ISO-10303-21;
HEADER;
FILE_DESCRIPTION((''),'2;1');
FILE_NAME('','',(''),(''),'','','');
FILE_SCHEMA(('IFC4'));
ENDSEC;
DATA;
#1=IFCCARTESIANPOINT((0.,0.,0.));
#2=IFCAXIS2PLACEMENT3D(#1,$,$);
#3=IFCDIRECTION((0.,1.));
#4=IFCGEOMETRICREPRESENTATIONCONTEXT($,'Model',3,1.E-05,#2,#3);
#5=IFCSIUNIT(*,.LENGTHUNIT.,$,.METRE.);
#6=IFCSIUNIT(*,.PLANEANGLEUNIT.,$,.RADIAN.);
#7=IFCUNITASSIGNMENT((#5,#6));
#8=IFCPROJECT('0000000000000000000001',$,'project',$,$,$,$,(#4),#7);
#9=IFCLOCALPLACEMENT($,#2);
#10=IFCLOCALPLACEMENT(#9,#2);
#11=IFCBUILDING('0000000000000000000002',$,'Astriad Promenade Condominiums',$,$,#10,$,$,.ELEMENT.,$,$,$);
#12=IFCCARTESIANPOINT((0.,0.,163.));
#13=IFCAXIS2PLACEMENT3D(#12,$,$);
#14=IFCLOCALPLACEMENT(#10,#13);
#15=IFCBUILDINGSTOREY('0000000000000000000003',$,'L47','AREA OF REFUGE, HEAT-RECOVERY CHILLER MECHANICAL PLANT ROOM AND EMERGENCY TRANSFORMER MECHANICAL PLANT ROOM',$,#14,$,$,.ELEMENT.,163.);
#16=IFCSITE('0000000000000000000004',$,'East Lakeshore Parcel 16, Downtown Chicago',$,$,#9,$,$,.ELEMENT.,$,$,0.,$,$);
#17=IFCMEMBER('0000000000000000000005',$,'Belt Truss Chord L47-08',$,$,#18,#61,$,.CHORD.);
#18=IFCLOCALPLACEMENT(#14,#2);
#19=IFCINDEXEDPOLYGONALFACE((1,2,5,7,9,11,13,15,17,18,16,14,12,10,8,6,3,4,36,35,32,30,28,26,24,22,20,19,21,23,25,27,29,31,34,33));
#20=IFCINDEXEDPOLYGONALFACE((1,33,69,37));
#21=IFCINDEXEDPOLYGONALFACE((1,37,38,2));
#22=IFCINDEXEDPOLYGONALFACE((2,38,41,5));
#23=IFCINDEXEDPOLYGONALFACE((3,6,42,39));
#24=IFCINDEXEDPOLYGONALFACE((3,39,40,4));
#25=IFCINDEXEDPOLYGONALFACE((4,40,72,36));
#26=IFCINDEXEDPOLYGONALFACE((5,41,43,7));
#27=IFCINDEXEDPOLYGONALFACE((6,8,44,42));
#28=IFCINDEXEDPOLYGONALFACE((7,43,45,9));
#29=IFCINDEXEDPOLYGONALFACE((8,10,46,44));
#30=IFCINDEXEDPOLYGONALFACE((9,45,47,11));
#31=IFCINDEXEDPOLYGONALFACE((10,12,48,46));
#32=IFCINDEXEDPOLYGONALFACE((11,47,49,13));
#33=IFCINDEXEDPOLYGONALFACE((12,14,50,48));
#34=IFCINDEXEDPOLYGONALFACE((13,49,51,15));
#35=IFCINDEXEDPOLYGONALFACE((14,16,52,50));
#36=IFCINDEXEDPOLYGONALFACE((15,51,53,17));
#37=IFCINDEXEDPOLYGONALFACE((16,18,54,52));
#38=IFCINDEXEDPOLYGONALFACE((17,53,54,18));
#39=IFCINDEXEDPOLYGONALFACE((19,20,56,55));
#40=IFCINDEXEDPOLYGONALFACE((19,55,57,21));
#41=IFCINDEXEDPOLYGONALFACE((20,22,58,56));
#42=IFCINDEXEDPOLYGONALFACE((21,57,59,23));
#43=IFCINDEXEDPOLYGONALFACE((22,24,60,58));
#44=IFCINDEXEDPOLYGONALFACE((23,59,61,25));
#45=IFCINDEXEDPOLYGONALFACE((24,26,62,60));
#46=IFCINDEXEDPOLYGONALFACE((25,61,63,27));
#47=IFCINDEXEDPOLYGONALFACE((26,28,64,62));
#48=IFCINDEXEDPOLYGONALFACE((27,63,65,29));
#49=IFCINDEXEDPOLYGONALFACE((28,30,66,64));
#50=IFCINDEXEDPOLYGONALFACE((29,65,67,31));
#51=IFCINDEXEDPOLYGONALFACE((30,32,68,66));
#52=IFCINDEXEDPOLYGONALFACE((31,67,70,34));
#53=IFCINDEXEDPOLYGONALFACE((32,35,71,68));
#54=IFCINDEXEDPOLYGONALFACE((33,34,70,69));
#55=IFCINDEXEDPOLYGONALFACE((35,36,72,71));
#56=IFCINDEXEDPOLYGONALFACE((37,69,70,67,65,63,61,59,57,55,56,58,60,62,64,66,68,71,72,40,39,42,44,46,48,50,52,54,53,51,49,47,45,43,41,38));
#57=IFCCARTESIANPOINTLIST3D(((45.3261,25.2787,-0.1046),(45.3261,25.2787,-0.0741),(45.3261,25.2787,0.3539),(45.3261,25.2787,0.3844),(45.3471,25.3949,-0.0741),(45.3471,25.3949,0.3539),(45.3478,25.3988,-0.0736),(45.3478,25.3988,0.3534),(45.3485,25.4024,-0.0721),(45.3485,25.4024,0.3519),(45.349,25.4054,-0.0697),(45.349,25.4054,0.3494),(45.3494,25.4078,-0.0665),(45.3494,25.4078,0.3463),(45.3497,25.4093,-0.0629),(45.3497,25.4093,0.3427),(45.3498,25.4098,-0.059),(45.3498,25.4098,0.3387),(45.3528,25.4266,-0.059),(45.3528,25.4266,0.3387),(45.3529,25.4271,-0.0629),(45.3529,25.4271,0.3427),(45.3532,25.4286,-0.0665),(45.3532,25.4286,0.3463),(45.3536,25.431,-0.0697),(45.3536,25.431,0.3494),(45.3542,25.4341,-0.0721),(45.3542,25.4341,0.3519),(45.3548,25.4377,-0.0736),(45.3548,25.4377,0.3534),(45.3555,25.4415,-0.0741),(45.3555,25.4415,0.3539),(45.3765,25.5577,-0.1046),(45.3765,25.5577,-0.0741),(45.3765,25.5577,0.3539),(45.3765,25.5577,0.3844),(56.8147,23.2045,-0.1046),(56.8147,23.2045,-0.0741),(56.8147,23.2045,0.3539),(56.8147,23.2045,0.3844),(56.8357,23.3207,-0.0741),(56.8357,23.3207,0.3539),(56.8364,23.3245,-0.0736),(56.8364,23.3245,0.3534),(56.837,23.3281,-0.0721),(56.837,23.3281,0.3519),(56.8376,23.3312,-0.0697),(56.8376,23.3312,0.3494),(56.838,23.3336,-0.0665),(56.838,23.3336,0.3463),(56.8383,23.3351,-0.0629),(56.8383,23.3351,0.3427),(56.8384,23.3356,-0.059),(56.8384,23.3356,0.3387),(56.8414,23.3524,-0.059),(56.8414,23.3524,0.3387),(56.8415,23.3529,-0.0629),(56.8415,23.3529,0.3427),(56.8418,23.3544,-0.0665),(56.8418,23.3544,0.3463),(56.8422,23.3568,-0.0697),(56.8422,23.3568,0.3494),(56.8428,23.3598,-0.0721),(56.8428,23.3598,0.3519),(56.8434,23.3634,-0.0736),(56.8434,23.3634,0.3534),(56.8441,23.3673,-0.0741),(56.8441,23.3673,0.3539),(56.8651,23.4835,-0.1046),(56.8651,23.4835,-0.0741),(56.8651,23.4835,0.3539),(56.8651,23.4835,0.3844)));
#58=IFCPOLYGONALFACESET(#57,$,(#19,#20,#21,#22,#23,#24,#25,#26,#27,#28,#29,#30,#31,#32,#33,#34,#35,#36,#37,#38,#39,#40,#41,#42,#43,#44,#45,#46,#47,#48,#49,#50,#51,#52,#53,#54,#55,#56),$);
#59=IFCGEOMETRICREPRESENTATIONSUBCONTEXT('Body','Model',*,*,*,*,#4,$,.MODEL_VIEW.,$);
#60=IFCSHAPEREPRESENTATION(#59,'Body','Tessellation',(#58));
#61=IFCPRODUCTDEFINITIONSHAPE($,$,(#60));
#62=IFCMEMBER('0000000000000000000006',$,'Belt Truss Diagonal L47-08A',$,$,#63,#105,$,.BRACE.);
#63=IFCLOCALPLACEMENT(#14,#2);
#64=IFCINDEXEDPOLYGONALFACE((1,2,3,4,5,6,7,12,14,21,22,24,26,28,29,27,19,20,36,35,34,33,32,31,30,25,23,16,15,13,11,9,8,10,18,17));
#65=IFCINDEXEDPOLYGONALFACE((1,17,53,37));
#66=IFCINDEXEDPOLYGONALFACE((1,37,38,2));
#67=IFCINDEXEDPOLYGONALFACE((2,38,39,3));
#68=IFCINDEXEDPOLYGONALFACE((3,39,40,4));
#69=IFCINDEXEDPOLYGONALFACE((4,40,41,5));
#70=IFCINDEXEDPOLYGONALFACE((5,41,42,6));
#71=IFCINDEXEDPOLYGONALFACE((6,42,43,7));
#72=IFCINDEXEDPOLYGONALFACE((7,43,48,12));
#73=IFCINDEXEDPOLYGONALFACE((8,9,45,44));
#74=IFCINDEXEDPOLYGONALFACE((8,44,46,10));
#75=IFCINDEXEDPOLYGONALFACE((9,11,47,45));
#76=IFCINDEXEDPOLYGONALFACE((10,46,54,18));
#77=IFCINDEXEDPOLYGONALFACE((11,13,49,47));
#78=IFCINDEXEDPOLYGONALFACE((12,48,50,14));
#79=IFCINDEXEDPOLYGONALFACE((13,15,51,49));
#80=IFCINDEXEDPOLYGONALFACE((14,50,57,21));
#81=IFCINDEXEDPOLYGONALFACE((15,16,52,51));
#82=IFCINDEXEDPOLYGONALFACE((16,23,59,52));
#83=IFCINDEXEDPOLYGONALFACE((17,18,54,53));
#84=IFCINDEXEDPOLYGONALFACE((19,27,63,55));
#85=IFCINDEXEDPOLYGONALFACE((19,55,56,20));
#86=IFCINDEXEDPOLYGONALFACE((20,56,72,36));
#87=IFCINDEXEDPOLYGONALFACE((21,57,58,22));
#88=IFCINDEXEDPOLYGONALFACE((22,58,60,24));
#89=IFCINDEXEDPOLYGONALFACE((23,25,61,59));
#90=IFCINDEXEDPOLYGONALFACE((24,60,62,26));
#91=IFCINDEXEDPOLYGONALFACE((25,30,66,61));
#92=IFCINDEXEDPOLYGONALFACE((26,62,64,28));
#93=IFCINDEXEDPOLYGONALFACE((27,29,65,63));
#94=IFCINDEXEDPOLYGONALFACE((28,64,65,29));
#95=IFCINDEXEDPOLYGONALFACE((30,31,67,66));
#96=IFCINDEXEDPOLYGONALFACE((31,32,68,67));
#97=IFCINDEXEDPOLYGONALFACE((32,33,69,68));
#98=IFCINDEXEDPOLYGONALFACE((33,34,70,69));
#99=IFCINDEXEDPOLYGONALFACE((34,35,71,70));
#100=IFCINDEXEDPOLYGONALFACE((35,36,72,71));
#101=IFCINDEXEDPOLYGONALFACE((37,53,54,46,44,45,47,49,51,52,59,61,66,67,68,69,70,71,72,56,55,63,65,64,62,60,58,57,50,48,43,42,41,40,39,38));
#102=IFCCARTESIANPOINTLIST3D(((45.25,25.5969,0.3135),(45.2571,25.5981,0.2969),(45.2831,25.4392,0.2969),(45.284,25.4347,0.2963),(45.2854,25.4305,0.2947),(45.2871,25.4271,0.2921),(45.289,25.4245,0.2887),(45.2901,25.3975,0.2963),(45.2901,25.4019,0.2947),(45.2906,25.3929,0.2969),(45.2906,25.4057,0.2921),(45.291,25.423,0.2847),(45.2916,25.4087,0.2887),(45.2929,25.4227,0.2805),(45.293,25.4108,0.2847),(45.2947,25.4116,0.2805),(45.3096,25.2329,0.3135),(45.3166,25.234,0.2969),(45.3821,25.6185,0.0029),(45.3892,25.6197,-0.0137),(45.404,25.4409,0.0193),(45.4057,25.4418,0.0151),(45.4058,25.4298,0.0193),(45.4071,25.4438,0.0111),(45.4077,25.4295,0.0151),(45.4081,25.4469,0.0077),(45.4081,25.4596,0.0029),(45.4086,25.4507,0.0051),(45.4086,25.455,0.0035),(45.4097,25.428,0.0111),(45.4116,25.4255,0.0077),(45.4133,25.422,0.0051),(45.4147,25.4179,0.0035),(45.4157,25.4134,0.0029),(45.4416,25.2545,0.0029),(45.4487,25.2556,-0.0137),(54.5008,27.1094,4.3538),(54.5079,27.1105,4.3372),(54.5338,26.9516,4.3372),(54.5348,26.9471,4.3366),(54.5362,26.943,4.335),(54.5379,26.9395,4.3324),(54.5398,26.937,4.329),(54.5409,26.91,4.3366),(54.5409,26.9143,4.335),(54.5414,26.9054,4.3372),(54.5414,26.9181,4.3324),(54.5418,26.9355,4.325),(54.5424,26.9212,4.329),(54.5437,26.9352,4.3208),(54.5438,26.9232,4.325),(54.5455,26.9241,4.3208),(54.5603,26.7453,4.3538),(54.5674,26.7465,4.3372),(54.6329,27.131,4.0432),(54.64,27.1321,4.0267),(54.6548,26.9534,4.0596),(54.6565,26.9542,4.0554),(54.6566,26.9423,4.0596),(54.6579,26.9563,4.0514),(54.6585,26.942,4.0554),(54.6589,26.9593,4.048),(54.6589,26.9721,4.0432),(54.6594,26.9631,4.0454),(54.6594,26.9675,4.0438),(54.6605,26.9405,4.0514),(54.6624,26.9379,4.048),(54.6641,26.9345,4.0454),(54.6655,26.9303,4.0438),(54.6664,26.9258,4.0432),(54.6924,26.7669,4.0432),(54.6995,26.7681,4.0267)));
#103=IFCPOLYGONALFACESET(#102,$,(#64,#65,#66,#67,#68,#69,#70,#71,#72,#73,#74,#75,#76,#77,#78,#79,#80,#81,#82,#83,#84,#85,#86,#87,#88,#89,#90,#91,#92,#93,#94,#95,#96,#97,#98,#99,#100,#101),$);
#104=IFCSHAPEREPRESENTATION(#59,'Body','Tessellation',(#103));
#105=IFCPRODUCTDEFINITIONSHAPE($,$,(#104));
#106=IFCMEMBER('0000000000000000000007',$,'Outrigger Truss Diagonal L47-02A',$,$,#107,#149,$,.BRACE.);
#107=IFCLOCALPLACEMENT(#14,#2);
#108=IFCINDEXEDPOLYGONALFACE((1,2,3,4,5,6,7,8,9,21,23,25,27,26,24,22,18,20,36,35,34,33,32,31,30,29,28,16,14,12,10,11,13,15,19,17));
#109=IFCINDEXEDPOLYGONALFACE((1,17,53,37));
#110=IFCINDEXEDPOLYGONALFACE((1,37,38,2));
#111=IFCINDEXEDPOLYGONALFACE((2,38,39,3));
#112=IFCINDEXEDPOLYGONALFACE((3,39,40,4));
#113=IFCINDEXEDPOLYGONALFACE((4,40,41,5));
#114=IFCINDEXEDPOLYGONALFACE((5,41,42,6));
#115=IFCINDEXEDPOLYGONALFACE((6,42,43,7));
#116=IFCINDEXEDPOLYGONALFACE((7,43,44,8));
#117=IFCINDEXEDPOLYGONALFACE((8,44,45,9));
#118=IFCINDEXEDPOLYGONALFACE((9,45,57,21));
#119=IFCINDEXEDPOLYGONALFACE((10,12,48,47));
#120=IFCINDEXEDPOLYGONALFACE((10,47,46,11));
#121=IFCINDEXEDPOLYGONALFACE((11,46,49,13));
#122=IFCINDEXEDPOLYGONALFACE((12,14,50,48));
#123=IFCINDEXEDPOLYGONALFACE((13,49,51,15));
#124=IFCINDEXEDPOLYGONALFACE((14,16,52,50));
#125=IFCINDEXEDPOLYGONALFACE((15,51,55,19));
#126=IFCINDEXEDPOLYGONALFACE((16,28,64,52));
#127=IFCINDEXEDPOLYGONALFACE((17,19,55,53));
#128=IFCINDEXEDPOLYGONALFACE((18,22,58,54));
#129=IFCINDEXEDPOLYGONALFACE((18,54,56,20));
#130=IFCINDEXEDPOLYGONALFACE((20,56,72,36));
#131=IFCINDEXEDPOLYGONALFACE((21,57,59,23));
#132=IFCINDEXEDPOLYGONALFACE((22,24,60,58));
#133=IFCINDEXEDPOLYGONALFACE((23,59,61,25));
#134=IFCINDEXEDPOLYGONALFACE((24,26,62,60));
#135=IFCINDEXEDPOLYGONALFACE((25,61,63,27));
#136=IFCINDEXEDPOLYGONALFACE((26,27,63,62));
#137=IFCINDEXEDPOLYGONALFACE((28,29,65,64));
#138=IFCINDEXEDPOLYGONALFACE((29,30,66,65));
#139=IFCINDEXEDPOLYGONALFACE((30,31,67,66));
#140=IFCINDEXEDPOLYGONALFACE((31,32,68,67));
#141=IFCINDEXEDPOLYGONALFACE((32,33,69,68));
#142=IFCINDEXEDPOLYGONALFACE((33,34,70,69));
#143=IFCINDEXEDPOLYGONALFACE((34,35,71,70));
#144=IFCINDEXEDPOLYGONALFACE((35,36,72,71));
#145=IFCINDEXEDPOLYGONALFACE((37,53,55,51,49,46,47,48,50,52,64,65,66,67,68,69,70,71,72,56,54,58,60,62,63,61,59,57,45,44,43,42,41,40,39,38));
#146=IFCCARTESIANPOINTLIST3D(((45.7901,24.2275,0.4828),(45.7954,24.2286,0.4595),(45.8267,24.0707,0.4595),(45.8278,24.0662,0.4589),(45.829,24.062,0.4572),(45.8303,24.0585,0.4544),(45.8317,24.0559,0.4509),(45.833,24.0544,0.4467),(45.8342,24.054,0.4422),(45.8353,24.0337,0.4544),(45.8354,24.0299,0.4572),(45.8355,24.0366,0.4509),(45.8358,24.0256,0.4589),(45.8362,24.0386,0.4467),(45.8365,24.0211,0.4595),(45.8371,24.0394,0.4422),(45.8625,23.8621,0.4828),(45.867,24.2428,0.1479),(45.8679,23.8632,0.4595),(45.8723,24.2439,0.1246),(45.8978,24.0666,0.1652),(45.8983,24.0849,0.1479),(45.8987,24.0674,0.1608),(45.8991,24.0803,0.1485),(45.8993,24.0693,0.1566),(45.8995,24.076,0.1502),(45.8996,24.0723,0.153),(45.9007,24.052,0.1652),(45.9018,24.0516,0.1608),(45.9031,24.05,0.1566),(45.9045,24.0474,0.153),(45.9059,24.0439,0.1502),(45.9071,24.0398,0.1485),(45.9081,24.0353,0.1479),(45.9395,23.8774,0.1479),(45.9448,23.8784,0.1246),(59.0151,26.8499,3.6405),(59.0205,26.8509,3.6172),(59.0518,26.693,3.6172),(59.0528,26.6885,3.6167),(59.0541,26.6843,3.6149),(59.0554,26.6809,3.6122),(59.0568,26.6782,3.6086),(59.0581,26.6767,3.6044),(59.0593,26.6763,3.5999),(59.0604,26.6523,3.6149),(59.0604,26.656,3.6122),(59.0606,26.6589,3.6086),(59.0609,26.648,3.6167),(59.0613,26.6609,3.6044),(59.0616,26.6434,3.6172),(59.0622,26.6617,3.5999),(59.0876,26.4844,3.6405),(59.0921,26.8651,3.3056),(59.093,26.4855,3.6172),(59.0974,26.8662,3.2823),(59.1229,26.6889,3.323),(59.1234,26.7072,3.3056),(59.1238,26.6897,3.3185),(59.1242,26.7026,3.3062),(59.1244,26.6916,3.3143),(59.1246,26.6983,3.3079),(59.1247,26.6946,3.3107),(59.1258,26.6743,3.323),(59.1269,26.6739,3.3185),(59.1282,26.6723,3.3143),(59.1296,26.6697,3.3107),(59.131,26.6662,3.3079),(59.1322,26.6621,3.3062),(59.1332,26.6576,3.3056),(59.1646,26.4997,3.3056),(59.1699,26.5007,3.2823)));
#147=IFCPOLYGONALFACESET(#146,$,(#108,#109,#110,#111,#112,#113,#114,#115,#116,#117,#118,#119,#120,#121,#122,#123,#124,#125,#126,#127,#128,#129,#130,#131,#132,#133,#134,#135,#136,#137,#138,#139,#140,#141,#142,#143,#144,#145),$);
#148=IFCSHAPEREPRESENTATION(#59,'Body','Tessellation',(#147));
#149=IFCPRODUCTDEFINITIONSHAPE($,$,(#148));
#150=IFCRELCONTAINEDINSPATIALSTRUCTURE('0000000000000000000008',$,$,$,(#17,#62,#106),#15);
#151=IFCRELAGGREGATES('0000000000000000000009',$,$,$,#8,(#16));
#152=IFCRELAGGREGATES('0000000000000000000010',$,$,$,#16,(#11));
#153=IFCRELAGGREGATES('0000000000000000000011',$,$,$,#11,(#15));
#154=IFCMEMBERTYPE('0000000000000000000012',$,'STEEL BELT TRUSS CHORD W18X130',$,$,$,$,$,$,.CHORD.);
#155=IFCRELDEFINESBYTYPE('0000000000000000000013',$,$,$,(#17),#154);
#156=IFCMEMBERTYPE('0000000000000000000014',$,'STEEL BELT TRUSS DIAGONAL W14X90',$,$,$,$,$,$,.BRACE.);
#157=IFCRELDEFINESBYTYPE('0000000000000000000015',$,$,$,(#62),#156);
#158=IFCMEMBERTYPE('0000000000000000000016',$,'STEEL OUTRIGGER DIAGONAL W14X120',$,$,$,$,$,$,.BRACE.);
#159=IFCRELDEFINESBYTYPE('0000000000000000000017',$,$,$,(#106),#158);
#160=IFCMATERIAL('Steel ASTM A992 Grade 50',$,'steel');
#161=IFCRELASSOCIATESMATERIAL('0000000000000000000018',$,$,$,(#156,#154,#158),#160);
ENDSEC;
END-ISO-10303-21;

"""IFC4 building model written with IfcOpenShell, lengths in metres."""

from ifc_helpers import new_model, si_unit, direction, frame, origin, origin_2d, place, context, subcontext, project, spatial, i_section, extrude, source, transform, mapped, material, material_profile, profile_set, type_object, type_shapes, element, save


model = new_model("IFC4")

# Units and contexts
model_context = context("Model", 3, precision=1e-05, world=origin(), true_north=direction((0.0, 1.0)))
body_context = subcontext(model_context, "Body", "Model", "MODEL_VIEW")
ifc_project = project(units=[si_unit("LENGTHUNIT", "METRE"), si_unit("PLANEANGLEUNIT", "RADIAN")], contexts=[model_context])

# Site, building, storey
site_placement = place(None, origin())
site = spatial("IfcSite", under=ifc_project, at=site_placement, Name="East Lakeshore Parcel 16, Downtown Chicago", CompositionType="ELEMENT", RefElevation=0.0)
building_placement = place(site_placement, origin())
building = spatial("IfcBuilding", under=site, at=building_placement, Name="Astriad Promenade Condominiums", CompositionType="ELEMENT")
storey_placement = place(building_placement, frame((0.0, 0.0, 163.0)))
storey = spatial("IfcBuildingStorey", under=building, at=storey_placement, Name="L47", Description="AREA OF REFUGE, HEAT-RECOVERY CHILLER MECHANICAL PLANT ROOM AND EMERGENCY TRANSFORMER MECHANICAL PLANT ROOM", CompositionType="ELEMENT", Elevation=163.0)

# Shared definitions
ifc_material_1 = material(Name="Steel ASTM A992 Grade 50", Category="steel")

# Members
ifc_material_profile_1 = material_profile(ifc_material_1, i_section(OverallWidth=0.3689, OverallDepth=0.3562, WebThickness=0.0112, FlangeThickness=0.0181, FilletRadius=0.0178, at=origin_2d()), Name="W14X90")
ifc_profile_set_1 = profile_set([ifc_material_profile_1], Name="Steel ASTM A992 Grade 50")
member_type_1 = type_object("IfcMemberType", Name="STEEL BELT TRUSS DIAGONAL W14X90", PredefinedType="BRACE", material=ifc_profile_set_1)
ifc_material_profile_2 = material_profile(ifc_material_1, i_section(OverallWidth=0.2834, OverallDepth=0.489, WebThickness=0.0171, FlangeThickness=0.0305, FilletRadius=0.0151, at=origin_2d()), Name="W18X130")
ifc_profile_set_2 = profile_set([ifc_material_profile_2], Name="Steel ASTM A992 Grade 50")
member_type_2 = type_object("IfcMemberType", Name="STEEL BELT TRUSS CHORD W18X130", PredefinedType="CHORD", material=ifc_profile_set_2)
shared_shape_1 = source(origin(), body_context, "Body", "SweptSolid", [
    extrude(i_section(OverallWidth=0.2834, OverallDepth=0.489, WebThickness=0.0171, FlangeThickness=0.0305, FilletRadius=0.0151, at=origin_2d()), origin(), (0.0, 0.0, 1.0), 11.6743),
])
type_shapes(member_type_2, [shared_shape_1])
member_1_placement = place(storey_placement, frame((45.3513, 25.4182, 0.1399), z_axis=(0.984089, -0.177674, 0.0), x_axis=(0.177674, 0.984089, 0.0)))
element("IfcMember", 1, at=member_1_placement, inside=storey, type_object=member_type_2, Name="Belt Truss Chord L47-08", PredefinedType="CHORD", context=body_context, shape_type="MappedRepresentation", body=[
    mapped(shared_shape_1, transform((0.0, 0.0, 0.0), scale=1.0)),
])
shared_shape_2 = source(origin(), body_context, "Body", "SweptSolid", [
    extrude(i_section(OverallWidth=0.3689, OverallDepth=0.3562, WebThickness=0.0112, FlangeThickness=0.0181, FilletRadius=0.0178, at=origin_2d()), origin(), (0.0, 0.0, 1.0), 10.2073),
])
member_2_placement = place(storey_placement, frame((45.3494, 25.4263, 0.1499), z_axis=(0.906293, 0.148175, 0.395826), x_axis=(-0.161353, 0.986897, 0.0)))
element("IfcMember", 2, at=member_2_placement, inside=storey, type_object=member_type_1, Name="Belt Truss Diagonal L47-08A", PredefinedType="BRACE", context=body_context, shape_type="MappedRepresentation", body=[
    mapped(shared_shape_2, transform((0.0, 0.0, 0.0), scale=1.0)),
])
ifc_material_profile_3 = material_profile(ifc_material_1, i_section(OverallWidth=0.3726, OverallDepth=0.3679, WebThickness=0.0149, FlangeThickness=0.0239, FilletRadius=0.0178, at=origin_2d()), Name="W14X120")
ifc_profile_set_3 = profile_set([ifc_material_profile_3], Name="Steel ASTM A992 Grade 50")
member_type_3 = type_object("IfcMemberType", Name="STEEL OUTRIGGER DIAGONAL W14X120", PredefinedType="BRACE", material=ifc_profile_set_3)
shared_shape_3 = source(origin(), body_context, "Body", "SweptSolid", [
    extrude(i_section(OverallWidth=0.3726, OverallDepth=0.3679, WebThickness=0.0149, FlangeThickness=0.0239, FilletRadius=0.0178, at=origin_2d()), origin(), (0.0, 0.0, 1.0), 13.8474),
])
member_3_placement = place(storey_placement, frame((45.8674, 24.053, 0.3037), z_axis=(0.955059, 0.189372, 0.228036), x_axis=(-0.194497, 0.980903, 0.0)))
element("IfcMember", 3, at=member_3_placement, inside=storey, type_object=member_type_3, Name="Outrigger Truss Diagonal L47-02A", PredefinedType="BRACE", context=body_context, shape_type="MappedRepresentation", body=[
    mapped(shared_shape_3, transform((0.0, 0.0, 0.0), scale=1.0)),
])

save(model, "model.ifc")
